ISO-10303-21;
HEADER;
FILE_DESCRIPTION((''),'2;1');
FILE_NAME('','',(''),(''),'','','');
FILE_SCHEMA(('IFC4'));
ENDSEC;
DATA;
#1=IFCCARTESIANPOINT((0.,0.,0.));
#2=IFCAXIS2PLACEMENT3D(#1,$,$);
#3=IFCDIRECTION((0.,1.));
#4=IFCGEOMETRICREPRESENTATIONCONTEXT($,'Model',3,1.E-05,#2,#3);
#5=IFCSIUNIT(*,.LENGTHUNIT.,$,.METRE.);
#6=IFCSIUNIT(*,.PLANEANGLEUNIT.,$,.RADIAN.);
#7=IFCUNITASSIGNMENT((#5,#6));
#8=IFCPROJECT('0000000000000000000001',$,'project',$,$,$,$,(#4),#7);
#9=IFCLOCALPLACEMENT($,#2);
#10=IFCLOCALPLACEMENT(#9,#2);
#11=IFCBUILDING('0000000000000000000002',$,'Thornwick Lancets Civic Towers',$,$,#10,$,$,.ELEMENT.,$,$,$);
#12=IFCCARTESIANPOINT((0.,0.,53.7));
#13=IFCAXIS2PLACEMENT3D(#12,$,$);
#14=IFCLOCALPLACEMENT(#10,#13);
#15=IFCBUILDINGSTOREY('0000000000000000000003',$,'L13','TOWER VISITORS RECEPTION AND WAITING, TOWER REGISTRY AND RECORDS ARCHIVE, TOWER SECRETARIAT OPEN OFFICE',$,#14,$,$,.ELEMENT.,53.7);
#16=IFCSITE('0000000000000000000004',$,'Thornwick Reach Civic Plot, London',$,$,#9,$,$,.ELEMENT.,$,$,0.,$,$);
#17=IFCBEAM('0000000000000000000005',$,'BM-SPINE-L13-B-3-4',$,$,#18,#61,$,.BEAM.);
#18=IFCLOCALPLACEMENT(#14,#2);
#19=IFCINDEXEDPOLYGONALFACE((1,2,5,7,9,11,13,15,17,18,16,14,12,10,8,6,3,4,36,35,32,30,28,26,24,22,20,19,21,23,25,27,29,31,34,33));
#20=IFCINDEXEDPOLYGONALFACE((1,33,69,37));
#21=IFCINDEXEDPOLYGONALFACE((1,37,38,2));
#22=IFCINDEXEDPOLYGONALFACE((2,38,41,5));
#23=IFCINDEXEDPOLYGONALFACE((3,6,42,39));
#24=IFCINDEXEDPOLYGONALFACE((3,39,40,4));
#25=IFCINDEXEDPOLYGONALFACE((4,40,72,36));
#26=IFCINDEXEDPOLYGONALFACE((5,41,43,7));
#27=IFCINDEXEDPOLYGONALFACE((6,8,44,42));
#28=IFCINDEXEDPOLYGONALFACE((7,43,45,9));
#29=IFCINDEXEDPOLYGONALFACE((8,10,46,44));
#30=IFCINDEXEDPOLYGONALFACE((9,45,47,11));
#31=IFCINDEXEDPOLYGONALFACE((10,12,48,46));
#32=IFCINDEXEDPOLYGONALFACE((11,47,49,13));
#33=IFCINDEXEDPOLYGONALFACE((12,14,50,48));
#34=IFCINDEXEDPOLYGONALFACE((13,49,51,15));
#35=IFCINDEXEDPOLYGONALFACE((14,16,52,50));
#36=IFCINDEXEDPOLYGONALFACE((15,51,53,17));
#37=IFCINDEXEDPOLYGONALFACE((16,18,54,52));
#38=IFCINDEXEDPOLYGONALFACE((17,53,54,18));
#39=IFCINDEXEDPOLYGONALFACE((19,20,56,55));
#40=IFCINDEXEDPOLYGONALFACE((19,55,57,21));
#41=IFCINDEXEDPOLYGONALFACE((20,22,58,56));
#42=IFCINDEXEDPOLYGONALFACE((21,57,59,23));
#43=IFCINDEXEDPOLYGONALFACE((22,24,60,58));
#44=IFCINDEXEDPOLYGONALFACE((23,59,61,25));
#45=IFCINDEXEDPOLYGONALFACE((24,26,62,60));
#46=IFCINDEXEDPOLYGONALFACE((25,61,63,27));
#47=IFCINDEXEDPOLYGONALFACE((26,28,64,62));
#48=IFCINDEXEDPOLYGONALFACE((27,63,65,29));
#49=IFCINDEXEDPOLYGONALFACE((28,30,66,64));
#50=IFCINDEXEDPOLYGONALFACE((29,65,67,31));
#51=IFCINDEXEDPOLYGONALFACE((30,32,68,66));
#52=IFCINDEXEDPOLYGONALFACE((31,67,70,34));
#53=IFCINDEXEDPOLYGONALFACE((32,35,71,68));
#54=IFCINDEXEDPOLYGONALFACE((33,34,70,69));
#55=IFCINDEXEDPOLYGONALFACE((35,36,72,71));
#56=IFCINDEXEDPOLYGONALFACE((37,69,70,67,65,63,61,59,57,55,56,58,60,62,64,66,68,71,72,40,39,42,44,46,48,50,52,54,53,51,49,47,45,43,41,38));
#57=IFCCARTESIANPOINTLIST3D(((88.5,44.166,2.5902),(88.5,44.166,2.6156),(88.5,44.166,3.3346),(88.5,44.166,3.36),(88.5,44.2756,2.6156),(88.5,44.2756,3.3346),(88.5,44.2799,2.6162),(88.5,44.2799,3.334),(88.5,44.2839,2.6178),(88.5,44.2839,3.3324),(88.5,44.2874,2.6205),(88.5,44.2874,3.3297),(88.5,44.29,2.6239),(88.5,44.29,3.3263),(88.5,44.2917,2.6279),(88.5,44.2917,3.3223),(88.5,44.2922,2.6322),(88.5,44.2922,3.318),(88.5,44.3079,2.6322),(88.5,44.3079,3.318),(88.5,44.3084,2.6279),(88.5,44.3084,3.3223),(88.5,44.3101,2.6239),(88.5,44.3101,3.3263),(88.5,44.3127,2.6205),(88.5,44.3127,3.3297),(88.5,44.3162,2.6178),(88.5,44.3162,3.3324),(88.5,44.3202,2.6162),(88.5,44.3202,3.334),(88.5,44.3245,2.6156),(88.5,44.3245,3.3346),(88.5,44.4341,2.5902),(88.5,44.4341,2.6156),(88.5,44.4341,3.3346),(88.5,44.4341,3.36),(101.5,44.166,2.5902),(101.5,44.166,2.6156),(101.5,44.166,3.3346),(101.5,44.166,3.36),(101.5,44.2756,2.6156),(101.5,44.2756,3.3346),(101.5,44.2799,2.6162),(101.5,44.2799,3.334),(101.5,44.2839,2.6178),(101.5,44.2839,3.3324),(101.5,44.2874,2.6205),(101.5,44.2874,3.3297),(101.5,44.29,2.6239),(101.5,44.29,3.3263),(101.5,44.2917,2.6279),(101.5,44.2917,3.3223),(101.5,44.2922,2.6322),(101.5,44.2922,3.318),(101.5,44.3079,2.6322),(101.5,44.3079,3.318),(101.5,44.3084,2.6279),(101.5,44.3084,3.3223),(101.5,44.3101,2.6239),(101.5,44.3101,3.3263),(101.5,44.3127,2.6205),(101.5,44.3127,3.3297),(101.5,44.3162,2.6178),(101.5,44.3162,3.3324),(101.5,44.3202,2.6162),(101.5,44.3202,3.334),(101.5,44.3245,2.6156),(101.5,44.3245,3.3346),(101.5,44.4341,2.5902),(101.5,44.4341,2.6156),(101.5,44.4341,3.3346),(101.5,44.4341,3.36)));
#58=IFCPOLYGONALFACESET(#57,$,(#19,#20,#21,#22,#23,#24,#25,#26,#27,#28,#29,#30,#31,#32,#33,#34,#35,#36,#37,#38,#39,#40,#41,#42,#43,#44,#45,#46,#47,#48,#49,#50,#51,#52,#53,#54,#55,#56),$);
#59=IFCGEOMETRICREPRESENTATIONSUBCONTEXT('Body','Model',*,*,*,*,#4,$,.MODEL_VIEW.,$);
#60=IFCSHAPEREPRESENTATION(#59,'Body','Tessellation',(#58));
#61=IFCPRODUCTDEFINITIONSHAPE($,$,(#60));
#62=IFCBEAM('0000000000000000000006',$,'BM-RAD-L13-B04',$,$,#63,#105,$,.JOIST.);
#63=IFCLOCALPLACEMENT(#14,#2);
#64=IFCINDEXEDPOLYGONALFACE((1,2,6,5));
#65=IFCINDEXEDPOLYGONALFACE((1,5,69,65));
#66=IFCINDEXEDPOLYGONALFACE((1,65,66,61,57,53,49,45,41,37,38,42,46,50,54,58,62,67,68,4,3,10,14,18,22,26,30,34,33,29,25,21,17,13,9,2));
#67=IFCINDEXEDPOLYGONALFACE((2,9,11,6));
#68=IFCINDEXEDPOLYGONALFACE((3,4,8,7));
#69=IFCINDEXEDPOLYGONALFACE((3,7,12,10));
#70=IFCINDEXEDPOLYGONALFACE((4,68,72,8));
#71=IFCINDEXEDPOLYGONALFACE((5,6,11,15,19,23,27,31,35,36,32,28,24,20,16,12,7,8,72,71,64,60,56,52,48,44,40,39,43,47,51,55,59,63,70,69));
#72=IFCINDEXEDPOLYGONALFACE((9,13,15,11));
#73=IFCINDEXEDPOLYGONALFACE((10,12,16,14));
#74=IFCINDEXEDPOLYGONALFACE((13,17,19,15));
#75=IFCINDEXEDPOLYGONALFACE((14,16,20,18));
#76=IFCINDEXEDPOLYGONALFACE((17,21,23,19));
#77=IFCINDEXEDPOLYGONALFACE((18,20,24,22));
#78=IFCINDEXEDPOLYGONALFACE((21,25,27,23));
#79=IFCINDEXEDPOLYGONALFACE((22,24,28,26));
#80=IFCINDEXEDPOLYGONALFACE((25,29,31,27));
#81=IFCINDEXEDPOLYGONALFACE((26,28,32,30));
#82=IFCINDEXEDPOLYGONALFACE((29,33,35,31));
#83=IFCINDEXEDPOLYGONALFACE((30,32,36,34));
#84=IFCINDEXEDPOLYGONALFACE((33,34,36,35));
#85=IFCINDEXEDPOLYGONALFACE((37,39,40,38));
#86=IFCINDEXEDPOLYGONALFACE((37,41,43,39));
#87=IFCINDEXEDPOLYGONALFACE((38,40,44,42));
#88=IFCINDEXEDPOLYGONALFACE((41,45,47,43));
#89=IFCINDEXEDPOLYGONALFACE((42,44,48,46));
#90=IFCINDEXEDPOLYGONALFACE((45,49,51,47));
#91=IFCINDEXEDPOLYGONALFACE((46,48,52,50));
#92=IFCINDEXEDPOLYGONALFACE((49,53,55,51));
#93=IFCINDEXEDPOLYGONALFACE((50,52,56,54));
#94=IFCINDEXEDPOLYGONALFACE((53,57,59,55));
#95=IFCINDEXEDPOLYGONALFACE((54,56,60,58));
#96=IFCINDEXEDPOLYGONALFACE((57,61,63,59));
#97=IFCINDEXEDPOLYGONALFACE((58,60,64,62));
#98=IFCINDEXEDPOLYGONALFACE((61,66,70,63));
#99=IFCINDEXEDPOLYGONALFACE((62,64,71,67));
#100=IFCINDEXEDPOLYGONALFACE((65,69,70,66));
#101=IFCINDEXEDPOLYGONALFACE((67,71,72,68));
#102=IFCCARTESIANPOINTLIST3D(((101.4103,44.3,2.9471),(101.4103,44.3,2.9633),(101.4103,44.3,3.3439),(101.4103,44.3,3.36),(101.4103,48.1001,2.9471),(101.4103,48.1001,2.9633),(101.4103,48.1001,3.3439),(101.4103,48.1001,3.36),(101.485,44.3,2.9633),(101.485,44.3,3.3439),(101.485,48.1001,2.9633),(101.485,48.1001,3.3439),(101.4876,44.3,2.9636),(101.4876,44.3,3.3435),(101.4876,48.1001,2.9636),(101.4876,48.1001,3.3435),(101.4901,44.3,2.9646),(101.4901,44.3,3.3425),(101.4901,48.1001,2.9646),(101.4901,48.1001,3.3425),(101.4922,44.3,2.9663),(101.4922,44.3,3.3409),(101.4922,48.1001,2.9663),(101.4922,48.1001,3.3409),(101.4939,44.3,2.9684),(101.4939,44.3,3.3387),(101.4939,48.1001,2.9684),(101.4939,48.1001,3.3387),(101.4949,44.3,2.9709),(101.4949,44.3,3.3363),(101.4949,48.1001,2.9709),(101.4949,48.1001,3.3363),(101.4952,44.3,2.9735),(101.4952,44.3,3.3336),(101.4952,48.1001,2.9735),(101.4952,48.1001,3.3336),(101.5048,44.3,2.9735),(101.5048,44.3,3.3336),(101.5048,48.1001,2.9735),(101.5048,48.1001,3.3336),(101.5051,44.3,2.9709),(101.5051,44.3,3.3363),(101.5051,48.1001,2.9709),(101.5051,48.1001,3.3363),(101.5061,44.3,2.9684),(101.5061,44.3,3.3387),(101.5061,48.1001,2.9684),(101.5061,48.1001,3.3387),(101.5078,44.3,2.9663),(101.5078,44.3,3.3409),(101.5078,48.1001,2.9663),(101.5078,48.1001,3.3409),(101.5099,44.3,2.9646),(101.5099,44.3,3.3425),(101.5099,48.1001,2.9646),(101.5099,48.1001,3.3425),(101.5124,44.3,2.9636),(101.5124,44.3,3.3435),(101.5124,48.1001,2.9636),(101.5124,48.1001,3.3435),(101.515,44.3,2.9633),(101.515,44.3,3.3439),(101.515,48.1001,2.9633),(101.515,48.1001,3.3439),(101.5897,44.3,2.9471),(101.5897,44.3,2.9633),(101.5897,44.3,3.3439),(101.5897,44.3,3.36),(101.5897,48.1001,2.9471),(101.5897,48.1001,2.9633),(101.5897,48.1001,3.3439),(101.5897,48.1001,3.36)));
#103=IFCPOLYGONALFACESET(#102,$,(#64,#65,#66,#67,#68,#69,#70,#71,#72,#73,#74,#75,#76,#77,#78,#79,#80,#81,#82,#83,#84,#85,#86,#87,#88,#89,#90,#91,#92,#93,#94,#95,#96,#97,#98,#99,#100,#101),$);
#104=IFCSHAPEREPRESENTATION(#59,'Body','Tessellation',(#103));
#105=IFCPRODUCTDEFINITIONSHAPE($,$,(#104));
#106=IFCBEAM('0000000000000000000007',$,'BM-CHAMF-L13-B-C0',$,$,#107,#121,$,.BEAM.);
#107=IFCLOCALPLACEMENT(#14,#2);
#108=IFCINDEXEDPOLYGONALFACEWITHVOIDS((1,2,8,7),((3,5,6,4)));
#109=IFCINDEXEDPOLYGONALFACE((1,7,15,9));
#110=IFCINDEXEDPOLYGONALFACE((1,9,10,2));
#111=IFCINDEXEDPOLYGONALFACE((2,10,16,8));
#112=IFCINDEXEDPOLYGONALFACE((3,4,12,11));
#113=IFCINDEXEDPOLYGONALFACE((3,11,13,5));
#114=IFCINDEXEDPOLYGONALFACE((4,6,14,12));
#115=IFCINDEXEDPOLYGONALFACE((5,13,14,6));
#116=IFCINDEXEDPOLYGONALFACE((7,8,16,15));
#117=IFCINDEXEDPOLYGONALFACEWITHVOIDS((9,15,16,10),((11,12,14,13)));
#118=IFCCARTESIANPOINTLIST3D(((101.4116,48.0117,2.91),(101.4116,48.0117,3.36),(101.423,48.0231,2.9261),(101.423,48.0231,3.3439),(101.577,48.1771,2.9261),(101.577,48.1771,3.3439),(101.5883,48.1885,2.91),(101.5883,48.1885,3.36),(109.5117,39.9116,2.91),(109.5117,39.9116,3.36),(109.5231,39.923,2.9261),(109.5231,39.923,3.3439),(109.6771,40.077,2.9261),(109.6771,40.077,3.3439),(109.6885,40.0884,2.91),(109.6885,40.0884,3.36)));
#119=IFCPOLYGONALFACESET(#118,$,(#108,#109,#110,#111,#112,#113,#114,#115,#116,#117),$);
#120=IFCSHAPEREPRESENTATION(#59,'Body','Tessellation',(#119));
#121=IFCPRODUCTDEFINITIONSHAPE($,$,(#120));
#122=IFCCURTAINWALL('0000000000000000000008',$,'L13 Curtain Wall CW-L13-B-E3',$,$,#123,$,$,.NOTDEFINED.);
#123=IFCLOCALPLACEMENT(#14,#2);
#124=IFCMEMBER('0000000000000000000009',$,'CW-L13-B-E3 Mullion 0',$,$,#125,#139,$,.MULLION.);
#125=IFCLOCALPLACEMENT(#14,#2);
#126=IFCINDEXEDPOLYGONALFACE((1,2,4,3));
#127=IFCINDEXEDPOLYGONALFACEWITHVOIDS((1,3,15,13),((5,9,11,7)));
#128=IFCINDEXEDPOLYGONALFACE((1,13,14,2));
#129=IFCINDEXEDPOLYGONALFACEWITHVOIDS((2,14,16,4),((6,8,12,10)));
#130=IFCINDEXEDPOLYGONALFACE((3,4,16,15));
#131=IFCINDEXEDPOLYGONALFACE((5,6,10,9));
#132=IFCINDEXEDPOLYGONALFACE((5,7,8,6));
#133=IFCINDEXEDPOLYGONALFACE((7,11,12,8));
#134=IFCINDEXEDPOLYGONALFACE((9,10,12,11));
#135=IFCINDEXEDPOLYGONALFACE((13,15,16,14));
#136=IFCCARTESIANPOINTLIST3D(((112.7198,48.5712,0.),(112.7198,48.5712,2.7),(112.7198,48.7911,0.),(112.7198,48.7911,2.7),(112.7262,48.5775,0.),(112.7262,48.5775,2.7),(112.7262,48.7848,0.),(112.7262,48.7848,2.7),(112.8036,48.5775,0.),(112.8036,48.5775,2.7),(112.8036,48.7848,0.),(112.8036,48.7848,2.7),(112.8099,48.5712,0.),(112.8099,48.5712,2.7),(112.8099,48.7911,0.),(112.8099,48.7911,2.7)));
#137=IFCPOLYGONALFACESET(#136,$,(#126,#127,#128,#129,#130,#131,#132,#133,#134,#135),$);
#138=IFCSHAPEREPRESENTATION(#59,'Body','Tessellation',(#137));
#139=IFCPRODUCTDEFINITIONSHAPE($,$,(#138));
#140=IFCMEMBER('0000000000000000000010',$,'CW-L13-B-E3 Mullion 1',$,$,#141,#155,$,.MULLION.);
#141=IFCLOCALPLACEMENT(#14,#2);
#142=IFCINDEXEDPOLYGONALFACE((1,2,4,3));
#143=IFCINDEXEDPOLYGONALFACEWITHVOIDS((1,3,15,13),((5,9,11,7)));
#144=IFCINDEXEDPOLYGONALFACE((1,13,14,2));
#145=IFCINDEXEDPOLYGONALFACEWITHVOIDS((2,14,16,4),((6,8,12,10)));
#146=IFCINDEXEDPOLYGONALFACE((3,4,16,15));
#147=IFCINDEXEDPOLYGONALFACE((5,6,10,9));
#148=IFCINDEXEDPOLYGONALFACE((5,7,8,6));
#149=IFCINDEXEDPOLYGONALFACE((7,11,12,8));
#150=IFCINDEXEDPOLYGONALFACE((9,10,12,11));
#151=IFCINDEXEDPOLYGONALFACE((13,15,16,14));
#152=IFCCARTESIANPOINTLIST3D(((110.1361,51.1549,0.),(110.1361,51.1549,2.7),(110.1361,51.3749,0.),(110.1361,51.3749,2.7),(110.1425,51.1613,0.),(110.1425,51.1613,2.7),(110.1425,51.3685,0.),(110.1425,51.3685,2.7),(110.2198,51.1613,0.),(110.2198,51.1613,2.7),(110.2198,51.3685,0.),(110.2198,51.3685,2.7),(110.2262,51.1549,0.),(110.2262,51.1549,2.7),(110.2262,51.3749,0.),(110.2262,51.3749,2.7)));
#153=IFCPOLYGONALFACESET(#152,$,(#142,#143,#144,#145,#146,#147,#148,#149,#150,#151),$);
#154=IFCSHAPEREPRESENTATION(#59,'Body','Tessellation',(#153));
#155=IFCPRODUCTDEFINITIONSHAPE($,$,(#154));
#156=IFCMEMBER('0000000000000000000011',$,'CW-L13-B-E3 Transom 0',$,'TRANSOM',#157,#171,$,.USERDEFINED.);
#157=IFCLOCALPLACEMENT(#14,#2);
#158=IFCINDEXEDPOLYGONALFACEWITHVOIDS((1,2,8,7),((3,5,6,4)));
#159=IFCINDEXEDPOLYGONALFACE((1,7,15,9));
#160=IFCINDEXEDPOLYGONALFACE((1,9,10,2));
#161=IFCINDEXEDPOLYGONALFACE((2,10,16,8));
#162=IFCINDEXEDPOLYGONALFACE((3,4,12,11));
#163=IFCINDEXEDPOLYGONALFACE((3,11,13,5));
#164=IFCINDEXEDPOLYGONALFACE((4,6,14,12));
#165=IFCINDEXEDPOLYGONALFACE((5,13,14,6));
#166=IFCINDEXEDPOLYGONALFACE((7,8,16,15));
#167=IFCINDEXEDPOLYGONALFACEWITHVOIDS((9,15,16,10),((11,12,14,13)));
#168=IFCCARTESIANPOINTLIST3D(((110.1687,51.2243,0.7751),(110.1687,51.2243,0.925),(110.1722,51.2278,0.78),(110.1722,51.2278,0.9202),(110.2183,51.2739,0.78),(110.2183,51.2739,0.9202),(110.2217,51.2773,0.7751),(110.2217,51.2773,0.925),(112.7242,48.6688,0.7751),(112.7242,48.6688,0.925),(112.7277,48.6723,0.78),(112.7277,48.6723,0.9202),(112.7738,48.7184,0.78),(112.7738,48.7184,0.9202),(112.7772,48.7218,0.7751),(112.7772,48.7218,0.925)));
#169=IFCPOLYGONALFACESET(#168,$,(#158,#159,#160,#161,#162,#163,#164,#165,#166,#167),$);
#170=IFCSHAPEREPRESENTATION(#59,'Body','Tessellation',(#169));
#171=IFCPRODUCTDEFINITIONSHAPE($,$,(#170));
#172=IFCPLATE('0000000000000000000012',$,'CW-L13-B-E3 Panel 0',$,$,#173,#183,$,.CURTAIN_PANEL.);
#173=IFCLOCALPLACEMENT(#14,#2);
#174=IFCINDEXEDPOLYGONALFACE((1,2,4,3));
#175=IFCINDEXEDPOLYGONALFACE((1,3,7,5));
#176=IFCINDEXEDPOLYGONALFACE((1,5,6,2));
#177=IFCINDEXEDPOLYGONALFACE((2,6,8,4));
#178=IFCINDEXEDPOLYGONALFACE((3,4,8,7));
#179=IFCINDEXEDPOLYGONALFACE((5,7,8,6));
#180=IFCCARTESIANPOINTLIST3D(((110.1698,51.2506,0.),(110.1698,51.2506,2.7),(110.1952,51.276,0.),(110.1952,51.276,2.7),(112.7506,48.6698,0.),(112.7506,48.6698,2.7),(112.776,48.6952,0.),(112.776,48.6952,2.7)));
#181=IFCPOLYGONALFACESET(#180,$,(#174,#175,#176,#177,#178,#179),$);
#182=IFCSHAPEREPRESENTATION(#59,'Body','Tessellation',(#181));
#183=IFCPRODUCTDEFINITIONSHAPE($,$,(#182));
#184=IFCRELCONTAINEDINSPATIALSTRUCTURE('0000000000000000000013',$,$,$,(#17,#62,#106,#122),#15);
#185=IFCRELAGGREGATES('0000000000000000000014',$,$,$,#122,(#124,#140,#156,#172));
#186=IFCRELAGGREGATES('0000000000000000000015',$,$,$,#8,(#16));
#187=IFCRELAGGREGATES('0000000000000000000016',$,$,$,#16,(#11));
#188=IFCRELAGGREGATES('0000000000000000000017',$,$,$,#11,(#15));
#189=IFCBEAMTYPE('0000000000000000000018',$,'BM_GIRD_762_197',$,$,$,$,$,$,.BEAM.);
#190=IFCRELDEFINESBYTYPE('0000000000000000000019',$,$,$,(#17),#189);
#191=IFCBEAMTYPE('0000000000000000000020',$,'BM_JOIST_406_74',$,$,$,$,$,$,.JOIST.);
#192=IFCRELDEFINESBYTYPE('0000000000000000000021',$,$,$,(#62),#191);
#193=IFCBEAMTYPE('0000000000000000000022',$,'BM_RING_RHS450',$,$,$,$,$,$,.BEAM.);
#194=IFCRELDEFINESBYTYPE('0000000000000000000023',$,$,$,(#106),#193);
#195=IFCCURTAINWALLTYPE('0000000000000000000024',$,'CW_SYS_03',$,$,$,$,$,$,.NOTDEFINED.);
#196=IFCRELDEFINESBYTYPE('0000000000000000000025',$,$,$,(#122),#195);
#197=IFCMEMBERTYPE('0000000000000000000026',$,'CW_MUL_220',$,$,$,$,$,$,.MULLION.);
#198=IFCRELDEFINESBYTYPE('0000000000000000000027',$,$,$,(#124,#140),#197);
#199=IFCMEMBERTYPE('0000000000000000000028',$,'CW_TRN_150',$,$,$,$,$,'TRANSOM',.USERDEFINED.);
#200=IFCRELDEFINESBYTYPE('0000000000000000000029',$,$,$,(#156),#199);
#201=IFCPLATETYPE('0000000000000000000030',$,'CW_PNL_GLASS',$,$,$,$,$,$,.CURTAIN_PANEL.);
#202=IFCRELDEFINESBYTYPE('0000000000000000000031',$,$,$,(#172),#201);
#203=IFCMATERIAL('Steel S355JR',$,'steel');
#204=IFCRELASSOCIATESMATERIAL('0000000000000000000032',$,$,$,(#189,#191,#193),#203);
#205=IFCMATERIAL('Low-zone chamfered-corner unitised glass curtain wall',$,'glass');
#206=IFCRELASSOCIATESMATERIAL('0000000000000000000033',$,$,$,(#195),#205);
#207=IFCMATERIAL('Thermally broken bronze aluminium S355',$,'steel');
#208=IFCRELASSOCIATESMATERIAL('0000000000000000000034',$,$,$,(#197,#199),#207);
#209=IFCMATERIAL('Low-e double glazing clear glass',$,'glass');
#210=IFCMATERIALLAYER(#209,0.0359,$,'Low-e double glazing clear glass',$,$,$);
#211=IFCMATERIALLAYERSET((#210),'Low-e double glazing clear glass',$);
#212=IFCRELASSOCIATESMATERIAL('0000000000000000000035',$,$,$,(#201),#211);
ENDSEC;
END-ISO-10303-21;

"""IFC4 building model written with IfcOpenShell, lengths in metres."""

from ifc_helpers import new_model, si_unit, direction, frame, origin, origin_2d, place, context, subcontext, project, spatial, rectangle, hollow_rectangle, i_section, extrude, material, layer, layer_set, material_profile, profile_set, type_object, element, aggregate, save


model = new_model("IFC4")

# Units and contexts
model_context = context("Model", 3, precision=1e-05, world=origin(), true_north=direction((0.0, 1.0)))
body_context = subcontext(model_context, "Body", "Model", "MODEL_VIEW")
ifc_project = project(units=[si_unit("LENGTHUNIT", "METRE"), si_unit("PLANEANGLEUNIT", "RADIAN")], contexts=[model_context])

# Site, building, storey
site_placement = place(None, origin())
site = spatial("IfcSite", under=ifc_project, at=site_placement, Name="Thornwick Reach Civic Plot, London", CompositionType="ELEMENT", RefElevation=0.0)
building_placement = place(site_placement, origin())
building = spatial("IfcBuilding", under=site, at=building_placement, Name="Thornwick Lancets Civic Towers", CompositionType="ELEMENT")
storey_placement = place(building_placement, frame((0.0, 0.0, 53.7)))
storey = spatial("IfcBuildingStorey", under=building, at=storey_placement, Name="L13", Description="TOWER VISITORS RECEPTION AND WAITING, TOWER REGISTRY AND RECORDS ARCHIVE, TOWER SECRETARIAT OPEN OFFICE", CompositionType="ELEMENT", Elevation=53.7)

# Beams
ifc_material_1 = material(Name="Steel S355JR", Category="steel")
ifc_material_profile_1 = material_profile(ifc_material_1, i_section(OverallWidth=0.2681, OverallDepth=0.7698, WebThickness=0.0156, FlangeThickness=0.0254, FilletRadius=0.0166, at=origin_2d()), Name="UKB 762x267x197")
ifc_profile_set_1 = profile_set([ifc_material_profile_1], Name="Steel S355JR")
beam_type_1 = type_object("IfcBeamType", Name="BM_GIRD_762_197", PredefinedType="BEAM", material=ifc_profile_set_1)
beam_1_placement = place(storey_placement, frame((101.5, 44.3, 2.9751), z_axis=(-1.0, 0.0, 0.0), x_axis=(0.0, -1.0, 0.0)))
element("IfcBeam", 1, at=beam_1_placement, inside=storey, type_object=beam_type_1, Name="BM-SPINE-L13-B-3-4", PredefinedType="BEAM", context=body_context, shape_type="SweptSolid", body=[
    extrude(i_section(OverallWidth=0.2681, OverallDepth=0.7698, WebThickness=0.0156, FlangeThickness=0.0254, FilletRadius=0.0166, at=origin_2d()), origin(), (0.0, 0.0, 1.0), 13.0),
])
ifc_material_profile_2 = material_profile(ifc_material_1, i_section(OverallWidth=0.1794, OverallDepth=0.4128, WebThickness=0.0095, FlangeThickness=0.0161, FilletRadius=0.0103, at=origin_2d()), Name="UKB 406x178x74")
ifc_profile_set_2 = profile_set([ifc_material_profile_2], Name="Steel S355JR")
beam_type_2 = type_object("IfcBeamType", Name="BM_JOIST_406_74", PredefinedType="JOIST", material=ifc_profile_set_2)
beam_2_placement = place(storey_placement, frame((101.5, 44.3, 3.1536), z_axis=(0.0, 1.0, 0.0), x_axis=(-1.0, 0.0, 0.0)))
element("IfcBeam", 2, at=beam_2_placement, inside=storey, type_object=beam_type_2, Name="BM-RAD-L13-B04", PredefinedType="JOIST", context=body_context, shape_type="SweptSolid", body=[
    extrude(i_section(OverallWidth=0.1794, OverallDepth=0.4128, WebThickness=0.0095, FlangeThickness=0.0161, FilletRadius=0.0103, at=origin_2d()), origin(), (0.0, 0.0, 1.0), 3.8),
])
ifc_material_profile_3 = material_profile(ifc_material_1, hollow_rectangle(XDim=0.25, YDim=0.45, WallThickness=0.0161, at=origin_2d()), Name="RHS 450x250x16")
ifc_profile_set_3 = profile_set([ifc_material_profile_3], Name="Steel S355JR")
beam_type_3 = type_object("IfcBeamType", Name="BM_RING_RHS450", PredefinedType="BEAM", material=ifc_profile_set_3)
beam_3_placement = place(storey_placement, frame((109.6001, 40.0, 3.135), z_axis=(-0.707107, 0.707107, 0.0), x_axis=(-0.707107, -0.707107, 0.0)))
element("IfcBeam", 3, at=beam_3_placement, inside=storey, type_object=beam_type_3, Name="BM-CHAMF-L13-B-C0", PredefinedType="BEAM", context=body_context, shape_type="SweptSolid", body=[
    extrude(hollow_rectangle(XDim=0.25, YDim=0.45, WallThickness=0.0161, at=origin_2d()), origin(), (0.0, 0.0, 1.0), 11.4553),
])

# Curtain wall, members, plate
ifc_material_2 = material(Name="Low-zone chamfered-corner unitised glass curtain wall", Category="glass")
curtain_wall_type = type_object("IfcCurtainWallType", Name="CW_SYS_03", PredefinedType="NOTDEFINED", material=ifc_material_2)
curtain_wall_placement = place(storey_placement, origin())
curtain_wall = element("IfcCurtainWall", 4, at=curtain_wall_placement, inside=storey, type_object=curtain_wall_type, Name="L13 Curtain Wall CW-L13-B-E3", PredefinedType="NOTDEFINED")
ifc_material_3 = material(Name="Thermally broken bronze aluminium S355", Category="steel")
ifc_material_profile_4 = material_profile(ifc_material_3, hollow_rectangle(XDim=0.0901, YDim=0.22, WallThickness=0.0063, at=origin_2d()), Name="RHS 220x90x6.3")
ifc_profile_set_4 = profile_set([ifc_material_profile_4], Name="Thermally broken bronze aluminium S355")
member_type_1 = type_object("IfcMemberType", Name="CW_MUL_220", PredefinedType="MULLION", material=ifc_profile_set_4)
member_1_placement = place(storey_placement, frame((112.7649, 48.6812, 0.0), z_axis=(0.0, 0.0, 1.0), x_axis=(1.0, 0.0, 0.0)))
member_1 = element("IfcMember", 5, at=member_1_placement, type_object=member_type_1, Name="CW-L13-B-E3 Mullion 0", PredefinedType="MULLION", context=body_context, shape_type="SweptSolid", body=[
    extrude(hollow_rectangle(XDim=0.0901, YDim=0.22, WallThickness=0.0063, at=origin_2d()), origin(), (0.0, 0.0, 1.0), 2.7),
])
member_2_placement = place(storey_placement, frame((110.1812, 51.2649, 0.0), z_axis=(0.0, 0.0, 1.0), x_axis=(1.0, 0.0, 0.0)))
member_2 = element("IfcMember", 6, at=member_2_placement, type_object=member_type_1, Name="CW-L13-B-E3 Mullion 1", PredefinedType="MULLION", context=body_context, shape_type="SweptSolid", body=[
    extrude(hollow_rectangle(XDim=0.0901, YDim=0.22, WallThickness=0.0063, at=origin_2d()), origin(), (0.0, 0.0, 1.0), 2.7),
])
ifc_material_profile_5 = material_profile(ifc_material_3, hollow_rectangle(XDim=0.075, YDim=0.1499, WallThickness=0.0049, at=origin_2d()), Name="RHS 150x75x5")
ifc_profile_set_5 = profile_set([ifc_material_profile_5], Name="Thermally broken bronze aluminium S355")
member_type_2 = type_object("IfcMemberType", Name="CW_TRN_150", ElementType="TRANSOM", PredefinedType="USERDEFINED", material=ifc_profile_set_5)
member_3_placement = place(storey_placement, frame((112.7507, 48.6953, 0.8501), z_axis=(-0.707107, 0.707107, 0.0), x_axis=(-0.707107, -0.707107, 0.0)))
member_3 = element("IfcMember", 7, at=member_3_placement, type_object=member_type_2, Name="CW-L13-B-E3 Transom 0", ObjectType="TRANSOM", PredefinedType="USERDEFINED", context=body_context, shape_type="SweptSolid", body=[
    extrude(hollow_rectangle(XDim=0.075, YDim=0.1499, WallThickness=0.0049, at=origin_2d()), origin(), (0.0, 0.0, 1.0), 3.614),
])
ifc_material_4 = material(Name="Low-e double glazing clear glass", Category="glass")
ifc_layer_1 = layer(ifc_material_4, 0.0359, Name="Low-e double glazing clear glass")
ifc_layer_set_1 = layer_set([ifc_layer_1], Name="Low-e double glazing clear glass")
plate_type = type_object("IfcPlateType", Name="CW_PNL_GLASS", PredefinedType="CURTAIN_PANEL", material=ifc_layer_set_1)
plate_placement = place(storey_placement, frame((111.4729, 49.9729, 0.0), z_axis=(0.0, 0.0, 1.0), x_axis=(-0.707107, 0.707107, 0.0)))
plate = element("IfcPlate", 8, at=plate_placement, type_object=plate_type, Name="CW-L13-B-E3 Panel 0", PredefinedType="CURTAIN_PANEL", context=body_context, shape_type="SweptSolid", body=[
    extrude(rectangle(XDim=3.6499, YDim=0.0359, at=origin_2d()), origin(), (0.0, 0.0, 1.0), 2.7),
])
aggregate(curtain_wall, [member_1, member_2, member_3, plate])

save(model, "model.ifc")
